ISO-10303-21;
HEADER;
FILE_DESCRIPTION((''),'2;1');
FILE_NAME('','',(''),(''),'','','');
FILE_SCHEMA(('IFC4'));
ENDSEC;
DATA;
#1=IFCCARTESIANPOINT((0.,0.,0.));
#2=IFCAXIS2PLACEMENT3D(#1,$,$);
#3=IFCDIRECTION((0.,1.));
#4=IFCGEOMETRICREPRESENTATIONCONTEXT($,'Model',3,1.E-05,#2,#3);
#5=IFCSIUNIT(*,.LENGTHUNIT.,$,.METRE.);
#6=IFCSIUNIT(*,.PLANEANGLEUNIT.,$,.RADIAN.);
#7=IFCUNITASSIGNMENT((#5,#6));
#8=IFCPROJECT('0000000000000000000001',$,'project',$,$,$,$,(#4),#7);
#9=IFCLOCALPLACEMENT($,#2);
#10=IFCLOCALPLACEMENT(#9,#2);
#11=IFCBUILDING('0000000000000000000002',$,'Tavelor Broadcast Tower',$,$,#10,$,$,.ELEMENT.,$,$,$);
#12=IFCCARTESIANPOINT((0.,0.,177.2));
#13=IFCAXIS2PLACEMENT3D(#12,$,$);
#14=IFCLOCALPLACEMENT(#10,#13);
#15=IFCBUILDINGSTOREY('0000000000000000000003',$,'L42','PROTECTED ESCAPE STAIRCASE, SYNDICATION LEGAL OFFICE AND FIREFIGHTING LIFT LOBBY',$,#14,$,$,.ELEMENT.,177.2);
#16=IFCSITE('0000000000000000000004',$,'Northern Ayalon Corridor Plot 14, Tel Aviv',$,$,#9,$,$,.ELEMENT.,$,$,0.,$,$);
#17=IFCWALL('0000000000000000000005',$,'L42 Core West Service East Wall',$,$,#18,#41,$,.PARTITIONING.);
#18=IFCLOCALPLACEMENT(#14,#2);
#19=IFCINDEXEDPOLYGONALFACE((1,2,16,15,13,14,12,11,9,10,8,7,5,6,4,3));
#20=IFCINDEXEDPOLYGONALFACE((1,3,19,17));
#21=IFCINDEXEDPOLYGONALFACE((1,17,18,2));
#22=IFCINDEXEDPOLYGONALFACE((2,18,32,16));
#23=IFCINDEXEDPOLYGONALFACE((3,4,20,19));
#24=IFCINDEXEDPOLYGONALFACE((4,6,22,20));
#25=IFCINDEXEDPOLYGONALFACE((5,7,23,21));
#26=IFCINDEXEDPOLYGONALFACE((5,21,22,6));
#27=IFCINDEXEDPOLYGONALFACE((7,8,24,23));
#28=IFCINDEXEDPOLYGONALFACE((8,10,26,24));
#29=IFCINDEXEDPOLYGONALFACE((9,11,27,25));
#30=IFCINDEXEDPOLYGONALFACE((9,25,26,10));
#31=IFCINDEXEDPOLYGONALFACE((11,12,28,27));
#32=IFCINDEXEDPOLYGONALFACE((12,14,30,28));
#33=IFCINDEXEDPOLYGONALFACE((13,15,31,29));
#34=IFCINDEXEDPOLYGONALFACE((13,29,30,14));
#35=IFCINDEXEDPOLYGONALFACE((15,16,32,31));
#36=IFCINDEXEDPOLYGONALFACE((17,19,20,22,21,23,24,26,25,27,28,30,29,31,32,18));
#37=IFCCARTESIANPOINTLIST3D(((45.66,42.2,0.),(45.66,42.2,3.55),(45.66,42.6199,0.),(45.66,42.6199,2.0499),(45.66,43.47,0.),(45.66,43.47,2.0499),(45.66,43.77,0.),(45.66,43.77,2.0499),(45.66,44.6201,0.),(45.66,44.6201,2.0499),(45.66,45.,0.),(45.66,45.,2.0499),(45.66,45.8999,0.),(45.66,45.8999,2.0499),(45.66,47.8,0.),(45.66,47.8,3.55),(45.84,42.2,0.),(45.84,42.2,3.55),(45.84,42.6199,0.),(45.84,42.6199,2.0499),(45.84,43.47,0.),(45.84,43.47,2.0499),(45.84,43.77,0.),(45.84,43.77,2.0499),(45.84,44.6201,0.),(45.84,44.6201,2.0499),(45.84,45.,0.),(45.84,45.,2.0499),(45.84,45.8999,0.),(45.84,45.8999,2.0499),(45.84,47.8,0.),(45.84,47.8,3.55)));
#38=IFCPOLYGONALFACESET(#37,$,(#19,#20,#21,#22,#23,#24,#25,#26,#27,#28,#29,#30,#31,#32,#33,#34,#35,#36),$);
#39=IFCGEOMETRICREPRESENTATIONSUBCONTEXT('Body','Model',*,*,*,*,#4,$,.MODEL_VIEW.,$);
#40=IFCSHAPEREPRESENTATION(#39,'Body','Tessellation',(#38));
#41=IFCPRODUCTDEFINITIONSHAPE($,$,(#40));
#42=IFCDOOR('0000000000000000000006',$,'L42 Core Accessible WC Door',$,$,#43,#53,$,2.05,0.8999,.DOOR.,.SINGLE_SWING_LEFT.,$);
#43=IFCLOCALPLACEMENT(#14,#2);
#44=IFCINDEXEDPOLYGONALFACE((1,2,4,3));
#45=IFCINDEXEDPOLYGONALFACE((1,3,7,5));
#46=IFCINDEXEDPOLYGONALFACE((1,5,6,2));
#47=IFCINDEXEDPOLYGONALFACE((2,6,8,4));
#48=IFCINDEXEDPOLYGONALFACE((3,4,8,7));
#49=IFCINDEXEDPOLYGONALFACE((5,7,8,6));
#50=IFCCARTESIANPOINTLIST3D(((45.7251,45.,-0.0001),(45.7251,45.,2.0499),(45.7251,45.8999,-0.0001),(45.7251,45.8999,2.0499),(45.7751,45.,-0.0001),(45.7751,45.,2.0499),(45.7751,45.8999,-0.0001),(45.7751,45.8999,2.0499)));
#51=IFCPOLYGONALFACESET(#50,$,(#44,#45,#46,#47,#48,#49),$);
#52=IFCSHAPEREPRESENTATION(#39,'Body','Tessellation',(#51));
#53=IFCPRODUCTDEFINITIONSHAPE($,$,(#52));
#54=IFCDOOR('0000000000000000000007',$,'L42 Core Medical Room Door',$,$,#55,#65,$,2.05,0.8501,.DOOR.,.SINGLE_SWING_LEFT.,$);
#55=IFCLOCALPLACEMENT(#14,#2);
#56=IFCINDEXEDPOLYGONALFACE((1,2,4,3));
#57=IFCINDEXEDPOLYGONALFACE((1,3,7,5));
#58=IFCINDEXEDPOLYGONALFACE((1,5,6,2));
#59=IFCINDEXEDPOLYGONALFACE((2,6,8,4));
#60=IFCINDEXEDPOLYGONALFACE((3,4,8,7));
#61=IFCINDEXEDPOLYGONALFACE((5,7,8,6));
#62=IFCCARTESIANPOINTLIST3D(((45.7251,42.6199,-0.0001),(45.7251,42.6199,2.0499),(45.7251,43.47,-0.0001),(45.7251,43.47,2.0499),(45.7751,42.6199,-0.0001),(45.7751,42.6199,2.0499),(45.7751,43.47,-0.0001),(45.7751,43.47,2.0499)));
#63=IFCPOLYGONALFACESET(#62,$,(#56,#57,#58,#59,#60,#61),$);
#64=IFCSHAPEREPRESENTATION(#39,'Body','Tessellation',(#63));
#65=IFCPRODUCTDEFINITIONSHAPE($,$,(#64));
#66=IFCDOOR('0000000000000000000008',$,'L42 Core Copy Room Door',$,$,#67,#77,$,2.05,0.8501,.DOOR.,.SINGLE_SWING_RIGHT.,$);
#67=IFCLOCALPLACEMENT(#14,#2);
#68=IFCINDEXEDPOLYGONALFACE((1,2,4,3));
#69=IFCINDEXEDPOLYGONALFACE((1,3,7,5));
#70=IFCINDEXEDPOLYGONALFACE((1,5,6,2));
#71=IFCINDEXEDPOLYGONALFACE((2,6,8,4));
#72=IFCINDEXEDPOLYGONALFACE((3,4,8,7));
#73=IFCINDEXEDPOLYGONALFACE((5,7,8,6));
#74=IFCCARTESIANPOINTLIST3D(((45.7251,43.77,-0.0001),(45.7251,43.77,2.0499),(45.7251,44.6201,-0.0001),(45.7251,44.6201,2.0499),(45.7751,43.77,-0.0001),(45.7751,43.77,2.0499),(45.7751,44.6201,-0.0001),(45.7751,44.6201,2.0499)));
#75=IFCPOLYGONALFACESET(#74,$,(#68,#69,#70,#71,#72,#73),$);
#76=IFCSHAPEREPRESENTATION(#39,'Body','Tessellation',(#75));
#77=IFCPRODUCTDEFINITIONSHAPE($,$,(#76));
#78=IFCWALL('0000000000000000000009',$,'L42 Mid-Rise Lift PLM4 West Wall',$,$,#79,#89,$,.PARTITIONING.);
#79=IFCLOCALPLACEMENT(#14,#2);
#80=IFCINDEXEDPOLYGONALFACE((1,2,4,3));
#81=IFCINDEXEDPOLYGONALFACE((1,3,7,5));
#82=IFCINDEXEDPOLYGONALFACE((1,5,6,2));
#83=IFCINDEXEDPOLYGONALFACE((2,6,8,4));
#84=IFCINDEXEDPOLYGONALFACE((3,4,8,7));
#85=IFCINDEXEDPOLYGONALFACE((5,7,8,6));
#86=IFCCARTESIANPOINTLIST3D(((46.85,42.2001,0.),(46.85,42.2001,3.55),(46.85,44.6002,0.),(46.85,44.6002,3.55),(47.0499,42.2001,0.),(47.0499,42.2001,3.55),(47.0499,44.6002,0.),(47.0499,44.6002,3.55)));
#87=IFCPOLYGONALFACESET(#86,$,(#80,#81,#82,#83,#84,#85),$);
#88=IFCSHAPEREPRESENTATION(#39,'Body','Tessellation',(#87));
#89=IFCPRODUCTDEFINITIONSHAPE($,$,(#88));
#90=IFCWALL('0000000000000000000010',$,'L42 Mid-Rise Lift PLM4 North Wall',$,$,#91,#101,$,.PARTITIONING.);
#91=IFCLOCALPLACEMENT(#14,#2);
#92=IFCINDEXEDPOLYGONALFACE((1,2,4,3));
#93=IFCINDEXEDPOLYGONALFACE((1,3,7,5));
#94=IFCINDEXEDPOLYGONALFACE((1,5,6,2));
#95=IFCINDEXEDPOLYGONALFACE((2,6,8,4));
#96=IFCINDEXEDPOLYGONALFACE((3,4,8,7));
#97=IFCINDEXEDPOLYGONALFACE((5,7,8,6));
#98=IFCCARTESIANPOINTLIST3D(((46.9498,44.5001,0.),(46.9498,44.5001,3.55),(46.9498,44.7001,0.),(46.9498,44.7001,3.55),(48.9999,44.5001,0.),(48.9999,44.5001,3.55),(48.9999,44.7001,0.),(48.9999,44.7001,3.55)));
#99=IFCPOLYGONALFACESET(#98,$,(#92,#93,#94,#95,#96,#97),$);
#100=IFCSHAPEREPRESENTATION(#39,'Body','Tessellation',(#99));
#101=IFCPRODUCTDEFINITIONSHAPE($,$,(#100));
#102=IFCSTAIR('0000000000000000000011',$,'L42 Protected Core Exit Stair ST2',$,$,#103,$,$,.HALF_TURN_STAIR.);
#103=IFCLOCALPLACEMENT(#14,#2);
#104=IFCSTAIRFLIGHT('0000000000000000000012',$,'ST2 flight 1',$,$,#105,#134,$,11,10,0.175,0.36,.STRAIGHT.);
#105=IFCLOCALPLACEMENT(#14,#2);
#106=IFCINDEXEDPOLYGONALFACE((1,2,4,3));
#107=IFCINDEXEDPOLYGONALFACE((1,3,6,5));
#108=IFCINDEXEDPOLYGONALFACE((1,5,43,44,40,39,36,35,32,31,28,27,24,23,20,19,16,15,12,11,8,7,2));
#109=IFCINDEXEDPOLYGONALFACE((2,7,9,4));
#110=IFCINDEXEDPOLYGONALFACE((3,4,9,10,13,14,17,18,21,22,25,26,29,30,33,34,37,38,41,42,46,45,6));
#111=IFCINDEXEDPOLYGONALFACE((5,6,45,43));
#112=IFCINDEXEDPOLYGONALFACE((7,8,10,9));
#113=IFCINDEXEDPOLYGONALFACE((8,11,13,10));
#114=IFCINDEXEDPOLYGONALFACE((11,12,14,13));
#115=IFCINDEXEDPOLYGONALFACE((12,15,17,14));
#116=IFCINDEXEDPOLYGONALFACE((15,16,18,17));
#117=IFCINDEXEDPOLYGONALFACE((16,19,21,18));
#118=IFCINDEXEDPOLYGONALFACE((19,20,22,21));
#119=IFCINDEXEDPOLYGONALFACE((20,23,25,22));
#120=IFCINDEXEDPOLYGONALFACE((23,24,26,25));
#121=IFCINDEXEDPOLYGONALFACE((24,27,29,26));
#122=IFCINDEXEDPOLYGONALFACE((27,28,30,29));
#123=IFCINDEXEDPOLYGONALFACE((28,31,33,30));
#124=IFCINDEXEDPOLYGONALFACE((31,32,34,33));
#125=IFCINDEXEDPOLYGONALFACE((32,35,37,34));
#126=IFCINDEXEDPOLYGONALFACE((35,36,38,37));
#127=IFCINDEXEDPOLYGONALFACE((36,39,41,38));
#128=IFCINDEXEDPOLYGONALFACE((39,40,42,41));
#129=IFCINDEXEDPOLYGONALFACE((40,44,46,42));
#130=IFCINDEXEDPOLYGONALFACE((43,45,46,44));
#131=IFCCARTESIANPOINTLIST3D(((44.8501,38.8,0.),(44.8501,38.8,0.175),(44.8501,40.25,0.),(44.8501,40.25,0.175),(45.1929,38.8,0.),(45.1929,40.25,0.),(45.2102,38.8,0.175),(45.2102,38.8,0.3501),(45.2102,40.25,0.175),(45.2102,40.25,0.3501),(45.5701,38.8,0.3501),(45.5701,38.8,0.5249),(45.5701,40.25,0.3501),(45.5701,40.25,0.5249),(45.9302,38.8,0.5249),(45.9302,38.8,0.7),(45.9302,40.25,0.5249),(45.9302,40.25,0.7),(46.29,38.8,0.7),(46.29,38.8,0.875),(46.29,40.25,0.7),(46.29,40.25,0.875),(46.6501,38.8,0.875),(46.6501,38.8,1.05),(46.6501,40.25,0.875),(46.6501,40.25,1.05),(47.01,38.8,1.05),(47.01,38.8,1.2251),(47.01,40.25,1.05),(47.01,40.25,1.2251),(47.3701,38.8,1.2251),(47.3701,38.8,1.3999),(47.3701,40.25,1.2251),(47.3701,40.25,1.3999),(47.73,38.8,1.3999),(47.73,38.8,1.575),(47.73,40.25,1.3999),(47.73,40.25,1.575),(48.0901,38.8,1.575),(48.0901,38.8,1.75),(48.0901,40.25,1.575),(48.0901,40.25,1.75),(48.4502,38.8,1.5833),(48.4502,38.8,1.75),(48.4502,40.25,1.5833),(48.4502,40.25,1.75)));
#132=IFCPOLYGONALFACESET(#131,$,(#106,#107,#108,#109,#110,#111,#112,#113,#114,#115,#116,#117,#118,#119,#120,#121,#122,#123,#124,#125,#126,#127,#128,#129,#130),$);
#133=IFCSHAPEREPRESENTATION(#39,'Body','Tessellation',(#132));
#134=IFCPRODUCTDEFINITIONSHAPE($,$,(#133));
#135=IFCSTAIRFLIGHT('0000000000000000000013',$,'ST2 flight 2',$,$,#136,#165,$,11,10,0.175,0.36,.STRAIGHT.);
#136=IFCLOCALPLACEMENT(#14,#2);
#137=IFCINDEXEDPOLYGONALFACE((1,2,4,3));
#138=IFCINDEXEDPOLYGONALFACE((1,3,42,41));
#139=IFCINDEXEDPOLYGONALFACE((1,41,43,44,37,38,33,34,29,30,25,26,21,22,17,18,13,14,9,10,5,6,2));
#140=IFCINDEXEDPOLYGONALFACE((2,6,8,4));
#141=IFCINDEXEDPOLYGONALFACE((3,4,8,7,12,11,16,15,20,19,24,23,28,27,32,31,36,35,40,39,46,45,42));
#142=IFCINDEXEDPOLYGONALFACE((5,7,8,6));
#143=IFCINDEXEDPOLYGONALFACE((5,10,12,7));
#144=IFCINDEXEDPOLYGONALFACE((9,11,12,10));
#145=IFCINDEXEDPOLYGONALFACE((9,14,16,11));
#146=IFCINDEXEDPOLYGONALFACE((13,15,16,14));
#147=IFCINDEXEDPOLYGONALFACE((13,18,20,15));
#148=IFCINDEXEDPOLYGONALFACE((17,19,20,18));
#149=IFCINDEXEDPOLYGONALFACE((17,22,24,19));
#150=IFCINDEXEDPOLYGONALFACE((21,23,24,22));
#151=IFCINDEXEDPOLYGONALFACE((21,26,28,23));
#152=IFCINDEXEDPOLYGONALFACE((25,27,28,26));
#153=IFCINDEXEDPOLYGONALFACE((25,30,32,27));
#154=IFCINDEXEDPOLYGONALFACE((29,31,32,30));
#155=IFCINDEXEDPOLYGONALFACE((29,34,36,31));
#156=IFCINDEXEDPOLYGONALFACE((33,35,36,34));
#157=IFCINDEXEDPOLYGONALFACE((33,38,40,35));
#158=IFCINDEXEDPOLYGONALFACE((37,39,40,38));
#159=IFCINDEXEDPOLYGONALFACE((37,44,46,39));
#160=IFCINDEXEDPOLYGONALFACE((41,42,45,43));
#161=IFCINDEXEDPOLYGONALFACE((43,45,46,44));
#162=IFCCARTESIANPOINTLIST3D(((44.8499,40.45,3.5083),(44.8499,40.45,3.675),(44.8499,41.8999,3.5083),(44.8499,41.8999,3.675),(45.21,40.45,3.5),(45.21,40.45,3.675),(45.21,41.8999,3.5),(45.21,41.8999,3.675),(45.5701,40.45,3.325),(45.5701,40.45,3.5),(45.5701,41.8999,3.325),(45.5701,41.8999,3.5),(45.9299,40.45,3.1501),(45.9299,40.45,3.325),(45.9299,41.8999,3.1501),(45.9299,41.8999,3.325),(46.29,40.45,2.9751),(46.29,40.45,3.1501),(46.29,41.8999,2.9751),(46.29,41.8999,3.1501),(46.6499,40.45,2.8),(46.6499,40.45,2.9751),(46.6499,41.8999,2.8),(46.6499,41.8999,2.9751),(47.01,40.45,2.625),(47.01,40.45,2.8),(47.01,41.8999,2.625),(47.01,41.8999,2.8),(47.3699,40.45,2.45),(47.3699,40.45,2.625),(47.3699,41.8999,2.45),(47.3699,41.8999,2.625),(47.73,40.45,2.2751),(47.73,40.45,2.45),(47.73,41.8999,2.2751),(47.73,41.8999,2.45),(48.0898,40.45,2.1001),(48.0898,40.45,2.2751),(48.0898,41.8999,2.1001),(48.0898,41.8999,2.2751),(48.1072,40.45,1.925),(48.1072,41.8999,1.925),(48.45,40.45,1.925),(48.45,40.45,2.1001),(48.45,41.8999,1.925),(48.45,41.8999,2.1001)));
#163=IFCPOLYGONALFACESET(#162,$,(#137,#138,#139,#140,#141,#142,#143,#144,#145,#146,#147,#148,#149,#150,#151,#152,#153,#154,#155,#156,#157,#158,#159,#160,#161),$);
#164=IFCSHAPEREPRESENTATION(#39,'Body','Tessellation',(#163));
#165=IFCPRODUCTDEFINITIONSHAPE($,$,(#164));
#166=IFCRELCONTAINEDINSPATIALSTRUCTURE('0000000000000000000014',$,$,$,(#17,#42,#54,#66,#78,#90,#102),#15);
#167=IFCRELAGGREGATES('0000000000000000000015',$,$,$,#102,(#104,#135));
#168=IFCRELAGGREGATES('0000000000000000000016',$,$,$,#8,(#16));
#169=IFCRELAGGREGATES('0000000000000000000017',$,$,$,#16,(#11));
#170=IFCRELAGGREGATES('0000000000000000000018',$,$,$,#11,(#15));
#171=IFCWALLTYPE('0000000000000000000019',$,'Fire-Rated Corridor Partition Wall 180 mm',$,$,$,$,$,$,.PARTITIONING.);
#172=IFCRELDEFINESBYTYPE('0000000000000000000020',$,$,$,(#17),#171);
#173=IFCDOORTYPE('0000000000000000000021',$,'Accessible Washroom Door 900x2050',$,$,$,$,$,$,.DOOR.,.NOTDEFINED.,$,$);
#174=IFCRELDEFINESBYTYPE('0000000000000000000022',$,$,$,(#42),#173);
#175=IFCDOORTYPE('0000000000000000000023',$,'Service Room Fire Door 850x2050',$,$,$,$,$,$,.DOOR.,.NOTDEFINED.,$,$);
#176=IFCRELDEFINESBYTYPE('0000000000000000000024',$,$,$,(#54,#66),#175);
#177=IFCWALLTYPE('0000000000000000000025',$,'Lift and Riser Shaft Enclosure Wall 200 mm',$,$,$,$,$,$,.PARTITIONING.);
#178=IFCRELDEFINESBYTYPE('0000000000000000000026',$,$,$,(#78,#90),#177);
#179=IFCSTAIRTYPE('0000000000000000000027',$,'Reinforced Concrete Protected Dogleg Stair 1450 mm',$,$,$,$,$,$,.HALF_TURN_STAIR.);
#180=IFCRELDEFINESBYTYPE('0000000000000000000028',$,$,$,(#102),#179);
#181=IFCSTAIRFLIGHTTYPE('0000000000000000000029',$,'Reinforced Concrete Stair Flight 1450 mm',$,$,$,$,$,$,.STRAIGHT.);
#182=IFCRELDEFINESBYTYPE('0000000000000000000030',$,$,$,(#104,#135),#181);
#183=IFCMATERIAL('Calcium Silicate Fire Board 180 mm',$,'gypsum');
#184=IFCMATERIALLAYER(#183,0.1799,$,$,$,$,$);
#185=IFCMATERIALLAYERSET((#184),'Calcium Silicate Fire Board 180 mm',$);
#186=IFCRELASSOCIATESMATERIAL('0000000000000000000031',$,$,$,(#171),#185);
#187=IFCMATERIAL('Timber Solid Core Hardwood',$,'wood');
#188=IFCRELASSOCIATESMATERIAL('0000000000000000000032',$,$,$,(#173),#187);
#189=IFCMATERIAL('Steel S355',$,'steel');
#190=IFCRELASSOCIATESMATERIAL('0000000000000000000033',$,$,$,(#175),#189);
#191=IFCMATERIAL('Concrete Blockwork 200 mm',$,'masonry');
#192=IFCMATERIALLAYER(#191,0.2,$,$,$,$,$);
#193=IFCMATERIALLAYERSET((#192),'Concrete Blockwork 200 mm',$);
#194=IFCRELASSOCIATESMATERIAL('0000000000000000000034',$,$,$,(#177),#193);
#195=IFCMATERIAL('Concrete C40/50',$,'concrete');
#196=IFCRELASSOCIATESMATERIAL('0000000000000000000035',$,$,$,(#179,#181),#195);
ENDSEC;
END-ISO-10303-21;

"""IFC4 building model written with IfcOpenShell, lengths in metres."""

from ifc_helpers import new_model, si_unit, direction, frame, frame_2d, origin, place, context, subcontext, project, spatial, polyline, rectangle, outline, extrude, material, layer, layer_set, type_object, element, fill, aggregate, save


model = new_model("IFC4")

# Units and contexts
model_context = context("Model", 3, precision=1e-05, world=origin(), true_north=direction((0.0, 1.0)))
body_context = subcontext(model_context, "Body", "Model", "MODEL_VIEW")
ifc_project = project(units=[si_unit("LENGTHUNIT", "METRE"), si_unit("PLANEANGLEUNIT", "RADIAN")], contexts=[model_context])

# Site, building, storey
site_placement = place(None, origin())
site = spatial("IfcSite", under=ifc_project, at=site_placement, Name="Northern Ayalon Corridor Plot 14, Tel Aviv", CompositionType="ELEMENT", RefElevation=0.0)
building_placement = place(site_placement, origin())
building = spatial("IfcBuilding", under=site, at=building_placement, Name="Tavelor Broadcast Tower", CompositionType="ELEMENT")
storey_placement = place(building_placement, frame((0.0, 0.0, 177.2)))
storey = spatial("IfcBuildingStorey", under=building, at=storey_placement, Name="L42", Description="PROTECTED ESCAPE STAIRCASE, SYNDICATION LEGAL OFFICE AND FIREFIGHTING LIFT LOBBY", CompositionType="ELEMENT", Elevation=177.2)

# Wall, openings, doors
ifc_material_1 = material(Name="Calcium Silicate Fire Board 180 mm", Category="gypsum")
ifc_layer_1 = layer(ifc_material_1, 0.1799)
ifc_layer_set_1 = layer_set([ifc_layer_1], Name="Calcium Silicate Fire Board 180 mm")
wall_type_1 = type_object("IfcWallType", Name="Fire-Rated Corridor Partition Wall 180 mm", PredefinedType="PARTITIONING", material=ifc_layer_set_1)
wall_1_placement = place(storey_placement, frame((45.75, 42.2, 0.0), z_axis=(0.0, 0.0, 1.0), x_axis=(0.0, 1.0, 0.0)))
wall_1 = element("IfcWall", 1, at=wall_1_placement, inside=storey, type_object=wall_type_1, Name="L42 Core West Service East Wall", PredefinedType="PARTITIONING", context=body_context, shape_type="SweptSolid", body=[
    extrude(rectangle(XDim=5.6001, YDim=0.1799, at=frame_2d((2.8, 0.0))), origin(), (0.0, 0.0, 1.0), 3.55),
])
opening_1_placement = place(wall_1_placement, frame((0.4199, 0.0, 0.0)))
opening_1 = element("IfcOpeningElement", 2, at=opening_1_placement, cuts=wall_1, PredefinedType="OPENING", context=body_context, shape_type="SweptSolid", body=[
    extrude(rectangle(XDim=0.8501, YDim=2.05, at=frame_2d((0.425, 1.0249))), frame((0.0, 0.1001, 0.0), z_axis=(0.0, -1.0, 0.0), x_axis=(1.0, 0.0, 0.0)), (0.0, 0.0, 1.0), 0.2),
])
opening_2_placement = place(wall_1_placement, frame((1.5701, 0.0, 0.0)))
opening_2 = element("IfcOpeningElement", 3, at=opening_2_placement, cuts=wall_1, PredefinedType="OPENING", context=body_context, shape_type="SweptSolid", body=[
    extrude(rectangle(XDim=0.8501, YDim=2.05, at=frame_2d((0.425, 1.0249))), frame((0.0, 0.1001, 0.0), z_axis=(0.0, -1.0, 0.0), x_axis=(1.0, 0.0, 0.0)), (0.0, 0.0, 1.0), 0.2),
])
opening_3_placement = place(wall_1_placement, frame((2.8, 0.0, 0.0)))
opening_3 = element("IfcOpeningElement", 4, at=opening_3_placement, cuts=wall_1, PredefinedType="OPENING", context=body_context, shape_type="SweptSolid", body=[
    extrude(rectangle(XDim=0.8999, YDim=2.05, at=frame_2d((0.45, 1.0249))), frame((0.0, 0.1001, 0.0), z_axis=(0.0, -1.0, 0.0), x_axis=(1.0, 0.0, 0.0)), (0.0, 0.0, 1.0), 0.2),
])
ifc_material_2 = material(Name="Timber Solid Core Hardwood", Category="wood")
door_type_1 = type_object("IfcDoorType", Name="Accessible Washroom Door 900x2050", OperationType="NOTDEFINED", PredefinedType="DOOR", material=ifc_material_2)
door_1_placement = place(opening_3_placement, origin())
door_1 = element("IfcDoor", 5, at=door_1_placement, inside=storey, type_object=door_type_1, Name="L42 Core Accessible WC Door", OperationType="SINGLE_SWING_LEFT", OverallHeight=2.05, OverallWidth=0.8999, PredefinedType="DOOR", context=body_context, shape_type="SweptSolid", body=[
    extrude(rectangle(XDim=0.8999, YDim=2.05, at=frame_2d((0.45, 1.0249))), frame((0.0, 0.0249, 0.0), z_axis=(0.0, -1.0, 0.0), x_axis=(1.0, 0.0, 0.0)), (0.0, 0.0, 1.0), 0.05),
])
fill(opening_3, door_1)
ifc_material_3 = material(Name="Steel S355", Category="steel")
door_type_2 = type_object("IfcDoorType", Name="Service Room Fire Door 850x2050", OperationType="NOTDEFINED", PredefinedType="DOOR", material=ifc_material_3)
door_2_placement = place(opening_1_placement, origin())
door_2 = element("IfcDoor", 6, at=door_2_placement, inside=storey, type_object=door_type_2, Name="L42 Core Medical Room Door", OperationType="SINGLE_SWING_LEFT", OverallHeight=2.05, OverallWidth=0.8501, PredefinedType="DOOR", context=body_context, shape_type="SweptSolid", body=[
    extrude(rectangle(XDim=0.8501, YDim=2.05, at=frame_2d((0.425, 1.0249))), frame((0.0, 0.0249, 0.0), z_axis=(0.0, -1.0, 0.0), x_axis=(1.0, 0.0, 0.0)), (0.0, 0.0, 1.0), 0.05),
])
fill(opening_1, door_2)
door_3_placement = place(opening_2_placement, origin())
door_3 = element("IfcDoor", 7, at=door_3_placement, inside=storey, type_object=door_type_2, Name="L42 Core Copy Room Door", OperationType="SINGLE_SWING_RIGHT", OverallHeight=2.05, OverallWidth=0.8501, PredefinedType="DOOR", context=body_context, shape_type="SweptSolid", body=[
    extrude(rectangle(XDim=0.8501, YDim=2.05, at=frame_2d((0.425, 1.0249))), frame((0.0, 0.0249, 0.0), z_axis=(0.0, -1.0, 0.0), x_axis=(1.0, 0.0, 0.0)), (0.0, 0.0, 1.0), 0.05),
])
fill(opening_2, door_3)

# Shared definitions
ifc_material_4 = material(Name="Concrete Blockwork 200 mm", Category="masonry")

# Walls
ifc_layer_2 = layer(ifc_material_4, 0.2)
ifc_layer_set_2 = layer_set([ifc_layer_2], Name="Concrete Blockwork 200 mm")
wall_type_2 = type_object("IfcWallType", Name="Lift and Riser Shaft Enclosure Wall 200 mm", PredefinedType="PARTITIONING", material=ifc_layer_set_2)
wall_2_placement = place(storey_placement, frame((46.95, 42.2, 0.0), z_axis=(0.0, 0.0, 1.0), x_axis=(0.0, 1.0, 0.0)))
element("IfcWall", 8, at=wall_2_placement, inside=storey, type_object=wall_type_2, Name="L42 Mid-Rise Lift PLM4 West Wall", PredefinedType="PARTITIONING", context=body_context, shape_type="SweptSolid", body=[
    extrude(rectangle(XDim=2.4001, YDim=0.2, at=frame_2d((1.2002, 0.0))), origin(), (0.0, 0.0, 1.0), 3.55),
])
wall_3_placement = place(storey_placement, frame((46.95, 44.6001, 0.0), z_axis=(0.0, 0.0, 1.0), x_axis=(1.0, 0.0, 0.0)))
element("IfcWall", 9, at=wall_3_placement, inside=storey, type_object=wall_type_2, Name="L42 Mid-Rise Lift PLM4 North Wall", PredefinedType="PARTITIONING", context=body_context, shape_type="SweptSolid", body=[
    extrude(rectangle(XDim=2.05, YDim=0.2, at=frame_2d((1.0249, 0.0))), origin(), (0.0, 0.0, 1.0), 3.55),
])

# Stair, stair flights
ifc_material_5 = material(Name="Concrete C40/50", Category="concrete")
stair_type = type_object("IfcStairType", Name="Reinforced Concrete Protected Dogleg Stair 1450 mm", PredefinedType="HALF_TURN_STAIR", material=ifc_material_5)
stair_placement = place(storey_placement, origin())
stair = element("IfcStair", 10, at=stair_placement, inside=storey, type_object=stair_type, Name="L42 Protected Core Exit Stair ST2", PredefinedType="HALF_TURN_STAIR")
stair_flight_type = type_object("IfcStairFlightType", Name="Reinforced Concrete Stair Flight 1450 mm", PredefinedType="STRAIGHT", material=ifc_material_5)
stair_flight_1_placement = place(storey_placement, frame((44.8501, 39.5249, 0.0), z_axis=(0.0, 0.0, 1.0), x_axis=(1.0, 0.0, 0.0)))
stair_flight_1 = element("IfcStairFlight", 11, at=stair_flight_1_placement, type_object=stair_flight_type, Name="ST2 flight 1", NumberOfRisers=11, NumberOfTreads=10, PredefinedType="STRAIGHT", RiserHeight=0.175, TreadLength=0.36, context=body_context, shape_type="SweptSolid", body=[
    extrude(outline(polyline([(0.0, 0.0), (0.0, 0.175), (0.3601, 0.175), (0.3601, 0.3501), (0.72, 0.3501), (0.72, 0.5249), (1.0801, 0.5249), (1.0801, 0.7), (1.4399, 0.7), (1.4399, 0.875), (1.8, 0.875), (1.8, 1.05), (2.1599, 1.05), (2.1599, 1.2251), (2.52, 1.2251), (2.52, 1.3999), (2.8799, 1.3999), (2.8799, 1.575), (3.24, 1.575), (3.24, 1.75), (3.6001, 1.75), (3.6001, 1.925), (3.6001, 1.5833), (0.3428, 0.0), (0.0, 0.0)])), frame((0.0, 0.7251, 0.0), z_axis=(0.0, -1.0, 0.0), x_axis=(1.0, 0.0, 0.0)), (0.0, 0.0, 1.0), 1.45),
])
stair_flight_2_placement = place(storey_placement, frame((48.45, 41.175, 1.925), z_axis=(0.0, 0.0, 1.0), x_axis=(-1.0, 0.0, 0.0)))
stair_flight_2 = element("IfcStairFlight", 12, at=stair_flight_2_placement, type_object=stair_flight_type, Name="ST2 flight 2", NumberOfRisers=11, NumberOfTreads=10, PredefinedType="STRAIGHT", RiserHeight=0.175, TreadLength=0.36, context=body_context, shape_type="SweptSolid", body=[
    extrude(outline(polyline([(0.0, 0.0), (0.0, 0.175), (0.3601, 0.175), (0.3601, 0.3501), (0.72, 0.3501), (0.72, 0.5249), (1.0801, 0.5249), (1.0801, 0.7), (1.4399, 0.7), (1.4399, 0.875), (1.8, 0.875), (1.8, 1.05), (2.1599, 1.05), (2.1599, 1.2251), (2.52, 1.2251), (2.52, 1.3999), (2.8799, 1.3999), (2.8799, 1.575), (3.24, 1.575), (3.24, 1.75), (3.6001, 1.75), (3.6001, 1.925), (3.6001, 1.5833), (0.3428, 0.0), (0.0, 0.0)])), frame((0.0, 0.7251, 0.0), z_axis=(0.0, -1.0, 0.0), x_axis=(1.0, 0.0, 0.0)), (0.0, 0.0, 1.0), 1.45),
])
aggregate(stair, [stair_flight_1, stair_flight_2])

save(model, "model.ifc")
